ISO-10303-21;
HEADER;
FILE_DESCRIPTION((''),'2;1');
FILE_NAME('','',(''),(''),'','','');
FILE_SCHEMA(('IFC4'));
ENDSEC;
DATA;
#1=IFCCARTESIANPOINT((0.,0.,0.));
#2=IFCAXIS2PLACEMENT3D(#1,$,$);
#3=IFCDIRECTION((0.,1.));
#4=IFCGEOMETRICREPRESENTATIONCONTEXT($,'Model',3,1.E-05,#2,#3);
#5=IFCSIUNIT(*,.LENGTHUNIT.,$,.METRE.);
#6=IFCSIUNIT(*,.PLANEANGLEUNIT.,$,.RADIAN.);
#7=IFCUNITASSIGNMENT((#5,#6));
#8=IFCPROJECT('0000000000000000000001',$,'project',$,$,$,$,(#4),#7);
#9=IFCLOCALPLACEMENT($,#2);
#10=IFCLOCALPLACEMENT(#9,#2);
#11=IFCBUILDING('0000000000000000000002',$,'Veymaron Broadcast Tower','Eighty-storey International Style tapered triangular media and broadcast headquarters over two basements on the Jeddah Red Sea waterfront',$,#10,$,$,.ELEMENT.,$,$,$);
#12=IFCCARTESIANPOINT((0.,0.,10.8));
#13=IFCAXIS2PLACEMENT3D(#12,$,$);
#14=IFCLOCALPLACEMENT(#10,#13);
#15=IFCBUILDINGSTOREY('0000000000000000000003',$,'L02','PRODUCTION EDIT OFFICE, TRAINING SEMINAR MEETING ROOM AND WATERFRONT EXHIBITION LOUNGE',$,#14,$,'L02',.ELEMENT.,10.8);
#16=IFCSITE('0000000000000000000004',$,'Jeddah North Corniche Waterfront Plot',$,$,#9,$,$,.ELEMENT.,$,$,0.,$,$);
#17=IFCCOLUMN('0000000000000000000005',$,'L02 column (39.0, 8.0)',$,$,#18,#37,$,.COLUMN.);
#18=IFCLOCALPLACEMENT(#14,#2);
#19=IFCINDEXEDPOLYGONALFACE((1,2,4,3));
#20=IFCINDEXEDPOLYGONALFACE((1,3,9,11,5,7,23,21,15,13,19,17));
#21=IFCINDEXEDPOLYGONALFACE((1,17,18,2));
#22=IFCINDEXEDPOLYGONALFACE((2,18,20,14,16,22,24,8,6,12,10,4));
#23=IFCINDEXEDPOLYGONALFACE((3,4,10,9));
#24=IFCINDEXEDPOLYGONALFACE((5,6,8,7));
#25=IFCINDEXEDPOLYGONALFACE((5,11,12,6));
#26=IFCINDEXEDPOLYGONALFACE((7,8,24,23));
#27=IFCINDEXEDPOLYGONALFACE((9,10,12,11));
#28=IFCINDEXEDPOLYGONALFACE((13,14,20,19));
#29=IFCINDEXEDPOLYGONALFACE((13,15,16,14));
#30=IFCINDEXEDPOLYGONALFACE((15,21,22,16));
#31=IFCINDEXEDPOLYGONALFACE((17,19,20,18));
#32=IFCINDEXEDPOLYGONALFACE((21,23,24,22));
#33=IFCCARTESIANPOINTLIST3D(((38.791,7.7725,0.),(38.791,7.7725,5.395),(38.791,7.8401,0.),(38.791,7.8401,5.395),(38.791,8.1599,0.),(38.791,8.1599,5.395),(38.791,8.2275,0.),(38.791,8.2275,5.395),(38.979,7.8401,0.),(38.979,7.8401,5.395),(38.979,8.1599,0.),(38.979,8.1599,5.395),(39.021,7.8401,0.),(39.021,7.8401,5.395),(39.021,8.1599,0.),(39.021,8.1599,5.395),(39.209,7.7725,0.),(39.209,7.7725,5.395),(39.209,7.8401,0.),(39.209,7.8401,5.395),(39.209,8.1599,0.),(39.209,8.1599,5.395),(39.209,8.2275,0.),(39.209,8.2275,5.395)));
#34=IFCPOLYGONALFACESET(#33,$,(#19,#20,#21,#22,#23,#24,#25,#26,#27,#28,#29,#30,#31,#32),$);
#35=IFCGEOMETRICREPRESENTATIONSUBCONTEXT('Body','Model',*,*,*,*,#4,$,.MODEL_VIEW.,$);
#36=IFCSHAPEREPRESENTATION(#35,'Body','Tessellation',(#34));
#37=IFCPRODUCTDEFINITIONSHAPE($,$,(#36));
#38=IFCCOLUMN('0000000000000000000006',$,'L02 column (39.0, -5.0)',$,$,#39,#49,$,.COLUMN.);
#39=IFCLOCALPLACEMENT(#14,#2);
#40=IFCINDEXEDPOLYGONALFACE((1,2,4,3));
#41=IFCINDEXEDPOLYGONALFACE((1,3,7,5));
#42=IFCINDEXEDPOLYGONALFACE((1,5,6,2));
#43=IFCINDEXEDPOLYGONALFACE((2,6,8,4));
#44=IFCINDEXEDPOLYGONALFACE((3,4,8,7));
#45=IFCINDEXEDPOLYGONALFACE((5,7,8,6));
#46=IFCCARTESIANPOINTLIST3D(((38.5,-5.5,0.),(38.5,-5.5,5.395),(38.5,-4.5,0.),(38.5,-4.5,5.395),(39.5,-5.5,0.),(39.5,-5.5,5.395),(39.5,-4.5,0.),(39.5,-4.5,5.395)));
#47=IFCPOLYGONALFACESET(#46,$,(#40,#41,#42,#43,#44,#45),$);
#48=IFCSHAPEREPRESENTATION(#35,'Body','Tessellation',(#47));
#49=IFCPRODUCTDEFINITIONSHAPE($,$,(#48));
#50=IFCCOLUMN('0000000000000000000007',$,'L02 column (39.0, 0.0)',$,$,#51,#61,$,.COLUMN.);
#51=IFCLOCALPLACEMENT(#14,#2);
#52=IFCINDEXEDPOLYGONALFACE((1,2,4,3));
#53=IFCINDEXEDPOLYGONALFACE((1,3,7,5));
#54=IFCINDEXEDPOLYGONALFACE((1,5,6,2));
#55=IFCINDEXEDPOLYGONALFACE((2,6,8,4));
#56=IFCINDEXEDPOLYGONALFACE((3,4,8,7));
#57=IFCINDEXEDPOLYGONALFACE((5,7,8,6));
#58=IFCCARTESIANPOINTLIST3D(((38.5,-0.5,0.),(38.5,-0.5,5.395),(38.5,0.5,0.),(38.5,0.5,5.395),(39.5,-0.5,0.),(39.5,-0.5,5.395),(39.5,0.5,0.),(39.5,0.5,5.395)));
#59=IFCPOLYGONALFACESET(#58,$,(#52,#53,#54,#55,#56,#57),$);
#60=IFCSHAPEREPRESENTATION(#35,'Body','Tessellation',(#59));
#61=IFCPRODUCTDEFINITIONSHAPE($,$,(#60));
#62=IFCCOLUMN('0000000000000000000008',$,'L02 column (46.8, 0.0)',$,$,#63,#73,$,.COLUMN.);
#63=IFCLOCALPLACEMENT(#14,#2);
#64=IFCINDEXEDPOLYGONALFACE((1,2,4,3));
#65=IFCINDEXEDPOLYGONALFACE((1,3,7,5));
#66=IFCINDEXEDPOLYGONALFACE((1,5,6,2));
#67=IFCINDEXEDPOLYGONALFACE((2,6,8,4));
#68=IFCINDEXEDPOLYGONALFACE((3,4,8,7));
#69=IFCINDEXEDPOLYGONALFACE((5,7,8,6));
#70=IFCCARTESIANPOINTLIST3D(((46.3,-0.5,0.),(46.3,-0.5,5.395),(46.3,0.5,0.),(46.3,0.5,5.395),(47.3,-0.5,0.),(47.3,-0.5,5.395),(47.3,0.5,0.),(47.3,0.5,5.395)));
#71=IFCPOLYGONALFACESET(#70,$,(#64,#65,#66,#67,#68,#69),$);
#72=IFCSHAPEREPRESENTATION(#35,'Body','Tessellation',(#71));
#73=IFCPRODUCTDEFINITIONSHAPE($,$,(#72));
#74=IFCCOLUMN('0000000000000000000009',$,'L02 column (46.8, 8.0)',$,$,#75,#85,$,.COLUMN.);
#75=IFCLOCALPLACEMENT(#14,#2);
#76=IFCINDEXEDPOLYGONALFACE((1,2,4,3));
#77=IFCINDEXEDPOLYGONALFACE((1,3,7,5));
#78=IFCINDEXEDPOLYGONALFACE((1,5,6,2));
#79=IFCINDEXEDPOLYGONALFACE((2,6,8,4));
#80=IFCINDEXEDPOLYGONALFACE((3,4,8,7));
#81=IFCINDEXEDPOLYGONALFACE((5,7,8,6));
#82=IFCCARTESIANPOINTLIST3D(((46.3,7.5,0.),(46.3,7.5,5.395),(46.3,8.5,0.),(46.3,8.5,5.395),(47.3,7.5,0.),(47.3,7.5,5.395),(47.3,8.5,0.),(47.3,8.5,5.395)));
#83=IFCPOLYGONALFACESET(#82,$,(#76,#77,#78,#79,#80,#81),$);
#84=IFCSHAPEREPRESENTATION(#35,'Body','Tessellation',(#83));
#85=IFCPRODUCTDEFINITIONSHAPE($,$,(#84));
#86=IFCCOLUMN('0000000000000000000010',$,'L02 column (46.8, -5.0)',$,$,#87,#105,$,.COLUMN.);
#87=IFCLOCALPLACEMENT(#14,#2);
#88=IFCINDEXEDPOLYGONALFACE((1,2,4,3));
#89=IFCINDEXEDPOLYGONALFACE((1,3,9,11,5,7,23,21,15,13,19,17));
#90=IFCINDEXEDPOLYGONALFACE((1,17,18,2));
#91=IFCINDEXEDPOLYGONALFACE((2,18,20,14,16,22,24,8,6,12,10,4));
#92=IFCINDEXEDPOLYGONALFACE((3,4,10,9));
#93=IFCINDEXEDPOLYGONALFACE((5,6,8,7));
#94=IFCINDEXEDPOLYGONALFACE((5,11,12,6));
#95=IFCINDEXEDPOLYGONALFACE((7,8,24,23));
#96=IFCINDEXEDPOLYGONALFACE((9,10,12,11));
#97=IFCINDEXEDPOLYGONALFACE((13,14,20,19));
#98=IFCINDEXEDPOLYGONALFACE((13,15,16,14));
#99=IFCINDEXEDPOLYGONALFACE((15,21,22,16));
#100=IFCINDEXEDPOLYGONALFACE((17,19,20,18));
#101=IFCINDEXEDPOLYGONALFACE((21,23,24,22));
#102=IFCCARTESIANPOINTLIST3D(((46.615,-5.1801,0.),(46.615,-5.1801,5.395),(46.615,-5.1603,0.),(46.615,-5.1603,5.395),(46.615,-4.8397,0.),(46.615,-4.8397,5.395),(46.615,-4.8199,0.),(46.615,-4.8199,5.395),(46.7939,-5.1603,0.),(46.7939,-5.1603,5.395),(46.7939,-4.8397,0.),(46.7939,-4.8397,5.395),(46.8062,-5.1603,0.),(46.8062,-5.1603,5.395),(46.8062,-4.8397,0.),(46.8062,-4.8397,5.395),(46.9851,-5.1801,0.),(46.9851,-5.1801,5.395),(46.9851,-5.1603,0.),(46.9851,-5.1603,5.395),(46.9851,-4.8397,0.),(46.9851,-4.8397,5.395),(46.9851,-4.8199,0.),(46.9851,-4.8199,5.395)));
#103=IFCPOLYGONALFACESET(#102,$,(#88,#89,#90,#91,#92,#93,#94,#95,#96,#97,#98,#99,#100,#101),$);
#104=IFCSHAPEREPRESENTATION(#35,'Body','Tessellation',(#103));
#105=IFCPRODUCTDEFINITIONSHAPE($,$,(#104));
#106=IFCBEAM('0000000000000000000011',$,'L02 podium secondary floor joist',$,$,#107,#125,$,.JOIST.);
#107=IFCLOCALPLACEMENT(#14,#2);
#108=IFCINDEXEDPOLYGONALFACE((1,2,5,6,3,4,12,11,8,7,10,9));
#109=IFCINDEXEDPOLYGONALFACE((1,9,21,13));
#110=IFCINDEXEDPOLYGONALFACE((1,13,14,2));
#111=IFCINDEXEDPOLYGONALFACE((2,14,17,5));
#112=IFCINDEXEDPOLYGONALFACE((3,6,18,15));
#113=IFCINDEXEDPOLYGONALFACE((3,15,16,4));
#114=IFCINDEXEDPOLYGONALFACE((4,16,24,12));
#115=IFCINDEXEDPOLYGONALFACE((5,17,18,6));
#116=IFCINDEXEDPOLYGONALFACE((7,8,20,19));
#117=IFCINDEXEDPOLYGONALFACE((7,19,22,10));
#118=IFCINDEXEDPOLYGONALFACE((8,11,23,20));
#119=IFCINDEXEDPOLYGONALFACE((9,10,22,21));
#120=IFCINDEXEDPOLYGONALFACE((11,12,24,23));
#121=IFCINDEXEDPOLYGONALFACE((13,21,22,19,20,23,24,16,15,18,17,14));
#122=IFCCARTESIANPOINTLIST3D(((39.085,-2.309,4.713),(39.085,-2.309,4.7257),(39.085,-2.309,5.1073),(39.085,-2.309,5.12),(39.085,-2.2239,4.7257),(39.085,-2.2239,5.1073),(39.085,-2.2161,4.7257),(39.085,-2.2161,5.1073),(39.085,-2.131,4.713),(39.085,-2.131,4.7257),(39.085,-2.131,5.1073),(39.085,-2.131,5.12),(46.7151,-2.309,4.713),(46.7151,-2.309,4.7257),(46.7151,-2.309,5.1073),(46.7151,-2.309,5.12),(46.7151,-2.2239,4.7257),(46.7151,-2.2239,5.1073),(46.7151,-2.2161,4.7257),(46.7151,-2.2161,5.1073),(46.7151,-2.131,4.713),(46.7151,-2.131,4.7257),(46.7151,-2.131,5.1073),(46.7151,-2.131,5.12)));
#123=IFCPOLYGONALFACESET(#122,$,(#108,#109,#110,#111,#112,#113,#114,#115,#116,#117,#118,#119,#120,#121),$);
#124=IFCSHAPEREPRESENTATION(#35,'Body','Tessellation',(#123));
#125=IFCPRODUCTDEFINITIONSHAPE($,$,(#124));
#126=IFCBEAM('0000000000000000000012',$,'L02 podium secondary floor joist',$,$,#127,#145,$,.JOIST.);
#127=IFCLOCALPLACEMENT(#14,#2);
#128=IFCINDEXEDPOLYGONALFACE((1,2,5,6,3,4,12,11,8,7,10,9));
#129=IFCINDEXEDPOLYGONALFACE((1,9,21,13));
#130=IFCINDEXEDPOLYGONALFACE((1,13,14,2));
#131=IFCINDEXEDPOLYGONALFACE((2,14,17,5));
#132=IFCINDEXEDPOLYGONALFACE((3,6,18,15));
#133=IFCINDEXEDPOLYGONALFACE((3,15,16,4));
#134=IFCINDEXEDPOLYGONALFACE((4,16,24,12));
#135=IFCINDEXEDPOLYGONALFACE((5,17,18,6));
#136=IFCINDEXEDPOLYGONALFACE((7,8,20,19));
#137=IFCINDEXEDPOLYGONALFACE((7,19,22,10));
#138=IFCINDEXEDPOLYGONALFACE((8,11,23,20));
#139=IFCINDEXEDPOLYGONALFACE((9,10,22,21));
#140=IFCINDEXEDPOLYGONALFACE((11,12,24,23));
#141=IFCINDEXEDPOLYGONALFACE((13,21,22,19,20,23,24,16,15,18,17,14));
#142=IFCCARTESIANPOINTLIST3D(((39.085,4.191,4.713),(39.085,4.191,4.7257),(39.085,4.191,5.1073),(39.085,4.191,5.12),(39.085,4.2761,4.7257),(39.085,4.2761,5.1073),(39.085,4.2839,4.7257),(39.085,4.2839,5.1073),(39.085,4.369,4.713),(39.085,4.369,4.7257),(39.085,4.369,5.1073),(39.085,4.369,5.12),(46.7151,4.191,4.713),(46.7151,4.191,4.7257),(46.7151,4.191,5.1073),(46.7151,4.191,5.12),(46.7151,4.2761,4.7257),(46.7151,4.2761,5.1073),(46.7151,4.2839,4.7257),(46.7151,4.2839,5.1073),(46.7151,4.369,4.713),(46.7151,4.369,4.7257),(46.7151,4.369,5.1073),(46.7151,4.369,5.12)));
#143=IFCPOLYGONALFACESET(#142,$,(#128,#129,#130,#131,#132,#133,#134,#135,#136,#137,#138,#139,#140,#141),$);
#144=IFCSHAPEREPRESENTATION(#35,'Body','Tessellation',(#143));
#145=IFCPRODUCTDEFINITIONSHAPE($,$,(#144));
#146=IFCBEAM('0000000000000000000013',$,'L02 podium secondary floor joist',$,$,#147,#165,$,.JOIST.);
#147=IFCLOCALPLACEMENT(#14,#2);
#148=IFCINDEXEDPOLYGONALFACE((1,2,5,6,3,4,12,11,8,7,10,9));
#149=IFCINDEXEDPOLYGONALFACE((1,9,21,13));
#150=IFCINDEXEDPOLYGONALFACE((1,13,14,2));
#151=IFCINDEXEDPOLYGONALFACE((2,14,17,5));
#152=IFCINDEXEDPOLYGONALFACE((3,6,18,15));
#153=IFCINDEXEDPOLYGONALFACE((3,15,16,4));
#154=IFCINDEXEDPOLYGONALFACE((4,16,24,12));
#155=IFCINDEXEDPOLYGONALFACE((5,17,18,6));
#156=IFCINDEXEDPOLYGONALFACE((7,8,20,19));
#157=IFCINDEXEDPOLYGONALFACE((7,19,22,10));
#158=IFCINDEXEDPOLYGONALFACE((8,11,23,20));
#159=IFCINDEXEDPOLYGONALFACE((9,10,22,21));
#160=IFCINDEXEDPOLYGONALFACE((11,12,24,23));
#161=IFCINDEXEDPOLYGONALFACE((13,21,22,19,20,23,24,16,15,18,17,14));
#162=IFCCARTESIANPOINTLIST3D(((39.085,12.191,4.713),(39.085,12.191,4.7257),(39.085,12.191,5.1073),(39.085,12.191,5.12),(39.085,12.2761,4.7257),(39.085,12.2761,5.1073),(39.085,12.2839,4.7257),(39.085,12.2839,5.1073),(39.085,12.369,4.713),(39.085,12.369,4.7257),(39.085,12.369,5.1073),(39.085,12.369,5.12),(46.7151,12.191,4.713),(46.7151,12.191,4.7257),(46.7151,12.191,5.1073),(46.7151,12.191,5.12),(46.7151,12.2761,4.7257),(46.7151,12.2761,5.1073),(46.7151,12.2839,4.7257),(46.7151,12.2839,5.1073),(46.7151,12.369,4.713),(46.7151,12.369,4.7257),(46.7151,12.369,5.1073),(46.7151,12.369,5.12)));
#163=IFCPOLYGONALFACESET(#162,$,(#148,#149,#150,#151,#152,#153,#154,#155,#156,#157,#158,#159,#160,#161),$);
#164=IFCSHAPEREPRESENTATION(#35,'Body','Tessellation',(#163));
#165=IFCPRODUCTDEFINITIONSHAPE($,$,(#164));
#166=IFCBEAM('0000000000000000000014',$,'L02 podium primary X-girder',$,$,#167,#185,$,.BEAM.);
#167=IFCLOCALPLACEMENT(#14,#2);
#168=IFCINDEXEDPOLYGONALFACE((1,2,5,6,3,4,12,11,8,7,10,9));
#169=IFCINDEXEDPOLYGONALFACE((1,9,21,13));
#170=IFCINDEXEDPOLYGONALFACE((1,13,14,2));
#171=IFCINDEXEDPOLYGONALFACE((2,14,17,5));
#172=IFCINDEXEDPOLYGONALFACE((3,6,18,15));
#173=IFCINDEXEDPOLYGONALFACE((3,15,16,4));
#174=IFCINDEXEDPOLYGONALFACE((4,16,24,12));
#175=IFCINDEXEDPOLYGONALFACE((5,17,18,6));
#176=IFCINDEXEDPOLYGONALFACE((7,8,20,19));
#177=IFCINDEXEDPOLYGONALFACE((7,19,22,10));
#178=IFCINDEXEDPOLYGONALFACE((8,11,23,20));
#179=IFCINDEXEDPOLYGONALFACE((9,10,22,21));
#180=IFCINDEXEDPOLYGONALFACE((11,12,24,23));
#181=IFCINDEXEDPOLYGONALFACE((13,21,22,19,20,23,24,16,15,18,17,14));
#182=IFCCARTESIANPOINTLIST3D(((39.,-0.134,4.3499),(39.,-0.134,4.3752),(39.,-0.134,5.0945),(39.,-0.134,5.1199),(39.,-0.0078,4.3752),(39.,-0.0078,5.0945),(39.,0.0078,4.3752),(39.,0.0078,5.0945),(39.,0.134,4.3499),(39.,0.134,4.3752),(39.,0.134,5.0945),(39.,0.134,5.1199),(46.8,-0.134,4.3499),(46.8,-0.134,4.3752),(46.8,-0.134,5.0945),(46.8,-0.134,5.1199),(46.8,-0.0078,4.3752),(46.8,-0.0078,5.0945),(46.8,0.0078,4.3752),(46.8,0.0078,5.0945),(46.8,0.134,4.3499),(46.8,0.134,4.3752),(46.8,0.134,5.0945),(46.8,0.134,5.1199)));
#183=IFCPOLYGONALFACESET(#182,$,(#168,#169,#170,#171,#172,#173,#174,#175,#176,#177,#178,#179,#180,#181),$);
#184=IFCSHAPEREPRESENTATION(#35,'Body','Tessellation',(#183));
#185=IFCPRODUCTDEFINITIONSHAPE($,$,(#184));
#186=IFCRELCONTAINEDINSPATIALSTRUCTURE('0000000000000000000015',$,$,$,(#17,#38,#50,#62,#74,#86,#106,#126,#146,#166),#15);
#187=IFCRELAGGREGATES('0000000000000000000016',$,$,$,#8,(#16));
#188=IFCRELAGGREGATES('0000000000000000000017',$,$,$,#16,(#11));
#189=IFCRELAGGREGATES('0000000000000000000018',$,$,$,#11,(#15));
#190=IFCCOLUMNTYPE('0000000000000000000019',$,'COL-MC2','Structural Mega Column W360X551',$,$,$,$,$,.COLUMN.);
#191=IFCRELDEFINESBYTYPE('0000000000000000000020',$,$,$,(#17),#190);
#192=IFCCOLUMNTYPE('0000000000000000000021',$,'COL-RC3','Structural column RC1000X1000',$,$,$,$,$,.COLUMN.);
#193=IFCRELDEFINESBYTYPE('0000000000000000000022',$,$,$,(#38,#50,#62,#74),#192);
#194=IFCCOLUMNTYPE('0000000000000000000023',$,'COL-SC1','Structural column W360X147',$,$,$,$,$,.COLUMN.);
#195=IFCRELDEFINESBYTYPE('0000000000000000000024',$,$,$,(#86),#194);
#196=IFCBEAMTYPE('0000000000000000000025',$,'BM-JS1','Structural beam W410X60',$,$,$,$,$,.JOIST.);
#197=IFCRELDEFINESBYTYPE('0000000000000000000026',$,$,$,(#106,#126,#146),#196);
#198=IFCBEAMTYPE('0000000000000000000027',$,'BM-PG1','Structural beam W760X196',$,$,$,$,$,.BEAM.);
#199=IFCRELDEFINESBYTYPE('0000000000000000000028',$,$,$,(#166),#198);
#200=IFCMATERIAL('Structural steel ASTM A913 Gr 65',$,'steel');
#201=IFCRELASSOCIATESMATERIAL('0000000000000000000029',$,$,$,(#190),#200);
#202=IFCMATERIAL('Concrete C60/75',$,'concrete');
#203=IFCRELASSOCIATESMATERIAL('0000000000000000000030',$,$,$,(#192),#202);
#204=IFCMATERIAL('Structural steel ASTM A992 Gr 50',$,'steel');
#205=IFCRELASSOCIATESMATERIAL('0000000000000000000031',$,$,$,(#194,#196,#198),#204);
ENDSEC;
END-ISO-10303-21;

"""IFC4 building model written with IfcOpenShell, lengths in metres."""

from ifc_helpers import new_model, si_unit, direction, frame, origin, origin_2d, place, context, subcontext, project, spatial, rectangle, i_section, extrude, material, material_profile, profile_set, type_object, element, save


model = new_model("IFC4")

# Units and contexts
model_context = context("Model", 3, precision=1e-05, world=origin(), true_north=direction((0.0, 1.0)))
body_context = subcontext(model_context, "Body", "Model", "MODEL_VIEW")
ifc_project = project(units=[si_unit("LENGTHUNIT", "METRE"), si_unit("PLANEANGLEUNIT", "RADIAN")], contexts=[model_context])

# Site, building, storey
site_placement = place(None, origin())
site = spatial("IfcSite", under=ifc_project, at=site_placement, Name="Jeddah North Corniche Waterfront Plot", CompositionType="ELEMENT", RefElevation=0.0)
building_placement = place(site_placement, origin())
building = spatial("IfcBuilding", under=site, at=building_placement, Name="Veymaron Broadcast Tower", Description="Eighty-storey International Style tapered triangular media and broadcast headquarters over two basements on the Jeddah Red Sea waterfront", CompositionType="ELEMENT")
storey_placement = place(building_placement, frame((0.0, 0.0, 10.8)))
storey = spatial("IfcBuildingStorey", under=building, at=storey_placement, Name="L02", Description="PRODUCTION EDIT OFFICE, TRAINING SEMINAR MEETING ROOM AND WATERFRONT EXHIBITION LOUNGE", LongName="L02", CompositionType="ELEMENT", Elevation=10.8)

# Columns
ifc_material_1 = material(Name="Structural steel ASTM A913 Gr 65", Category="steel")
ifc_material_profile_1 = material_profile(ifc_material_1, i_section(OverallWidth=0.418, OverallDepth=0.4551, WebThickness=0.042, FlangeThickness=0.0676, at=origin_2d()), Name="W360X551")
ifc_profile_set_1 = profile_set([ifc_material_profile_1], Name="Structural steel ASTM A913 Gr 65")
column_type_1 = type_object("IfcColumnType", Name="COL-MC2", Description="Structural Mega Column W360X551", PredefinedType="COLUMN", material=ifc_profile_set_1)
column_1_placement = place(storey_placement, frame((39.0, 8.0, 0.0), z_axis=(0.0, 0.0, 1.0), x_axis=(1.0, 0.0, 0.0)))
element("IfcColumn", 1, at=column_1_placement, inside=storey, type_object=column_type_1, Name="L02 column (39.0, 8.0)", PredefinedType="COLUMN", context=body_context, shape_type="SweptSolid", body=[
    extrude(i_section(OverallWidth=0.418, OverallDepth=0.4551, WebThickness=0.042, FlangeThickness=0.0676, at=origin_2d()), origin(), (0.0, 0.0, 1.0), 5.395),
])
ifc_material_2 = material(Name="Concrete C60/75", Category="concrete")
ifc_material_profile_2 = material_profile(ifc_material_2, rectangle(XDim=1.0, YDim=1.0, at=origin_2d()), Name="RC1000X1000")
ifc_profile_set_2 = profile_set([ifc_material_profile_2], Name="Concrete C60/75")
column_type_2 = type_object("IfcColumnType", Name="COL-RC3", Description="Structural column RC1000X1000", PredefinedType="COLUMN", material=ifc_profile_set_2)
for number, where, z_axis, x_axis, name in (
    (2, (39.0, -5.0, 0.0), (0.0, 0.0, 1.0), (1.0, 0.0, 0.0), "L02 column (39.0, -5.0)"),
    (3, (39.0, 0.0, 0.0), (0.0, 0.0, 1.0), (1.0, 0.0, 0.0), "L02 column (39.0, 0.0)"),
    (4, (46.8, 0.0, 0.0), (0.0, 0.0, 1.0), (1.0, 0.0, 0.0), "L02 column (46.8, 0.0)"),
    (5, (46.8, 8.0, 0.0), (0.0, 0.0, 1.0), (1.0, 0.0, 0.0), "L02 column (46.8, 8.0)"),
):
    element("IfcColumn", number, at=place(storey_placement, frame(where, z_axis=z_axis, x_axis=x_axis)), inside=storey, type_object=column_type_2, Name=name, PredefinedType="COLUMN", context=body_context, shape_type="SweptSolid", body=[
        extrude(rectangle(XDim=1.0, YDim=1.0, at=origin_2d()), origin(), (0.0, 0.0, 1.0), 5.395),
    ])
ifc_material_3 = material(Name="Structural steel ASTM A992 Gr 50", Category="steel")
ifc_material_profile_3 = material_profile(ifc_material_3, i_section(OverallWidth=0.3701, OverallDepth=0.3601, WebThickness=0.0122, FlangeThickness=0.0198, at=origin_2d()), Name="W360X147")
ifc_profile_set_3 = profile_set([ifc_material_profile_3], Name="Structural steel ASTM A992 Gr 50")
column_type_3 = type_object("IfcColumnType", Name="COL-SC1", Description="Structural column W360X147", PredefinedType="COLUMN", material=ifc_profile_set_3)
column_2_placement = place(storey_placement, frame((46.8, -5.0, 0.0), z_axis=(0.0, 0.0, 1.0), x_axis=(1.0, 0.0, 0.0)))
element("IfcColumn", 6, at=column_2_placement, inside=storey, type_object=column_type_3, Name="L02 column (46.8, -5.0)", PredefinedType="COLUMN", context=body_context, shape_type="SweptSolid", body=[
    extrude(i_section(OverallWidth=0.3701, OverallDepth=0.3601, WebThickness=0.0122, FlangeThickness=0.0198, at=origin_2d()), origin(), (0.0, 0.0, 1.0), 5.395),
])

# Beams
ifc_material_profile_4 = material_profile(ifc_material_3, i_section(OverallWidth=0.178, OverallDepth=0.407, WebThickness=0.0078, FlangeThickness=0.0127, at=origin_2d()), Name="W410X60")
ifc_profile_set_4 = profile_set([ifc_material_profile_4], Name="Structural steel ASTM A992 Gr 50")
beam_type_1 = type_object("IfcBeamType", Name="BM-JS1", Description="Structural beam W410X60", PredefinedType="JOIST", material=ifc_profile_set_4)
for number, where, z_axis, x_axis, name in (
    (7, (39.085, -2.22, 4.9165), (1.0, 0.0, 0.0), (0.0, 1.0, 0.0), "L02 podium secondary floor joist"),
    (8, (39.085, 4.28, 4.9165), (1.0, 0.0, 0.0), (0.0, 1.0, 0.0), "L02 podium secondary floor joist"),
    (9, (39.085, 12.28, 4.9165), (1.0, 0.0, 0.0), (0.0, 1.0, 0.0), "L02 podium secondary floor joist"),
):
    element("IfcBeam", number, at=place(storey_placement, frame(where, z_axis=z_axis, x_axis=x_axis)), inside=storey, type_object=beam_type_1, Name=name, PredefinedType="JOIST", context=body_context, shape_type="SweptSolid", body=[
        extrude(i_section(OverallWidth=0.178, OverallDepth=0.407, WebThickness=0.0078, FlangeThickness=0.0127, at=origin_2d()), origin(), (0.0, 0.0, 1.0), 7.6301),
    ])
ifc_material_profile_5 = material_profile(ifc_material_3, i_section(OverallWidth=0.2681, OverallDepth=0.77, WebThickness=0.0156, FlangeThickness=0.0254, at=origin_2d()), Name="W760X196")
ifc_profile_set_5 = profile_set([ifc_material_profile_5], Name="Structural steel ASTM A992 Gr 50")
beam_type_2 = type_object("IfcBeamType", Name="BM-PG1", Description="Structural beam W760X196", PredefinedType="BEAM", material=ifc_profile_set_5)
for number, where, z_axis, x_axis, name in (
    (10, (39.0, 0.0, 4.7349), (1.0, 0.0, 0.0), (0.0, 1.0, 0.0), "L02 podium primary X-girder"),
):
    element("IfcBeam", number, at=place(storey_placement, frame(where, z_axis=z_axis, x_axis=x_axis)), inside=storey, type_object=beam_type_2, Name=name, PredefinedType="BEAM", context=body_context, shape_type="SweptSolid", body=[
        extrude(i_section(OverallWidth=0.2681, OverallDepth=0.77, WebThickness=0.0156, FlangeThickness=0.0254, at=origin_2d()), origin(), (0.0, 0.0, 1.0), 7.8),
    ])

save(model, "model.ifc")
